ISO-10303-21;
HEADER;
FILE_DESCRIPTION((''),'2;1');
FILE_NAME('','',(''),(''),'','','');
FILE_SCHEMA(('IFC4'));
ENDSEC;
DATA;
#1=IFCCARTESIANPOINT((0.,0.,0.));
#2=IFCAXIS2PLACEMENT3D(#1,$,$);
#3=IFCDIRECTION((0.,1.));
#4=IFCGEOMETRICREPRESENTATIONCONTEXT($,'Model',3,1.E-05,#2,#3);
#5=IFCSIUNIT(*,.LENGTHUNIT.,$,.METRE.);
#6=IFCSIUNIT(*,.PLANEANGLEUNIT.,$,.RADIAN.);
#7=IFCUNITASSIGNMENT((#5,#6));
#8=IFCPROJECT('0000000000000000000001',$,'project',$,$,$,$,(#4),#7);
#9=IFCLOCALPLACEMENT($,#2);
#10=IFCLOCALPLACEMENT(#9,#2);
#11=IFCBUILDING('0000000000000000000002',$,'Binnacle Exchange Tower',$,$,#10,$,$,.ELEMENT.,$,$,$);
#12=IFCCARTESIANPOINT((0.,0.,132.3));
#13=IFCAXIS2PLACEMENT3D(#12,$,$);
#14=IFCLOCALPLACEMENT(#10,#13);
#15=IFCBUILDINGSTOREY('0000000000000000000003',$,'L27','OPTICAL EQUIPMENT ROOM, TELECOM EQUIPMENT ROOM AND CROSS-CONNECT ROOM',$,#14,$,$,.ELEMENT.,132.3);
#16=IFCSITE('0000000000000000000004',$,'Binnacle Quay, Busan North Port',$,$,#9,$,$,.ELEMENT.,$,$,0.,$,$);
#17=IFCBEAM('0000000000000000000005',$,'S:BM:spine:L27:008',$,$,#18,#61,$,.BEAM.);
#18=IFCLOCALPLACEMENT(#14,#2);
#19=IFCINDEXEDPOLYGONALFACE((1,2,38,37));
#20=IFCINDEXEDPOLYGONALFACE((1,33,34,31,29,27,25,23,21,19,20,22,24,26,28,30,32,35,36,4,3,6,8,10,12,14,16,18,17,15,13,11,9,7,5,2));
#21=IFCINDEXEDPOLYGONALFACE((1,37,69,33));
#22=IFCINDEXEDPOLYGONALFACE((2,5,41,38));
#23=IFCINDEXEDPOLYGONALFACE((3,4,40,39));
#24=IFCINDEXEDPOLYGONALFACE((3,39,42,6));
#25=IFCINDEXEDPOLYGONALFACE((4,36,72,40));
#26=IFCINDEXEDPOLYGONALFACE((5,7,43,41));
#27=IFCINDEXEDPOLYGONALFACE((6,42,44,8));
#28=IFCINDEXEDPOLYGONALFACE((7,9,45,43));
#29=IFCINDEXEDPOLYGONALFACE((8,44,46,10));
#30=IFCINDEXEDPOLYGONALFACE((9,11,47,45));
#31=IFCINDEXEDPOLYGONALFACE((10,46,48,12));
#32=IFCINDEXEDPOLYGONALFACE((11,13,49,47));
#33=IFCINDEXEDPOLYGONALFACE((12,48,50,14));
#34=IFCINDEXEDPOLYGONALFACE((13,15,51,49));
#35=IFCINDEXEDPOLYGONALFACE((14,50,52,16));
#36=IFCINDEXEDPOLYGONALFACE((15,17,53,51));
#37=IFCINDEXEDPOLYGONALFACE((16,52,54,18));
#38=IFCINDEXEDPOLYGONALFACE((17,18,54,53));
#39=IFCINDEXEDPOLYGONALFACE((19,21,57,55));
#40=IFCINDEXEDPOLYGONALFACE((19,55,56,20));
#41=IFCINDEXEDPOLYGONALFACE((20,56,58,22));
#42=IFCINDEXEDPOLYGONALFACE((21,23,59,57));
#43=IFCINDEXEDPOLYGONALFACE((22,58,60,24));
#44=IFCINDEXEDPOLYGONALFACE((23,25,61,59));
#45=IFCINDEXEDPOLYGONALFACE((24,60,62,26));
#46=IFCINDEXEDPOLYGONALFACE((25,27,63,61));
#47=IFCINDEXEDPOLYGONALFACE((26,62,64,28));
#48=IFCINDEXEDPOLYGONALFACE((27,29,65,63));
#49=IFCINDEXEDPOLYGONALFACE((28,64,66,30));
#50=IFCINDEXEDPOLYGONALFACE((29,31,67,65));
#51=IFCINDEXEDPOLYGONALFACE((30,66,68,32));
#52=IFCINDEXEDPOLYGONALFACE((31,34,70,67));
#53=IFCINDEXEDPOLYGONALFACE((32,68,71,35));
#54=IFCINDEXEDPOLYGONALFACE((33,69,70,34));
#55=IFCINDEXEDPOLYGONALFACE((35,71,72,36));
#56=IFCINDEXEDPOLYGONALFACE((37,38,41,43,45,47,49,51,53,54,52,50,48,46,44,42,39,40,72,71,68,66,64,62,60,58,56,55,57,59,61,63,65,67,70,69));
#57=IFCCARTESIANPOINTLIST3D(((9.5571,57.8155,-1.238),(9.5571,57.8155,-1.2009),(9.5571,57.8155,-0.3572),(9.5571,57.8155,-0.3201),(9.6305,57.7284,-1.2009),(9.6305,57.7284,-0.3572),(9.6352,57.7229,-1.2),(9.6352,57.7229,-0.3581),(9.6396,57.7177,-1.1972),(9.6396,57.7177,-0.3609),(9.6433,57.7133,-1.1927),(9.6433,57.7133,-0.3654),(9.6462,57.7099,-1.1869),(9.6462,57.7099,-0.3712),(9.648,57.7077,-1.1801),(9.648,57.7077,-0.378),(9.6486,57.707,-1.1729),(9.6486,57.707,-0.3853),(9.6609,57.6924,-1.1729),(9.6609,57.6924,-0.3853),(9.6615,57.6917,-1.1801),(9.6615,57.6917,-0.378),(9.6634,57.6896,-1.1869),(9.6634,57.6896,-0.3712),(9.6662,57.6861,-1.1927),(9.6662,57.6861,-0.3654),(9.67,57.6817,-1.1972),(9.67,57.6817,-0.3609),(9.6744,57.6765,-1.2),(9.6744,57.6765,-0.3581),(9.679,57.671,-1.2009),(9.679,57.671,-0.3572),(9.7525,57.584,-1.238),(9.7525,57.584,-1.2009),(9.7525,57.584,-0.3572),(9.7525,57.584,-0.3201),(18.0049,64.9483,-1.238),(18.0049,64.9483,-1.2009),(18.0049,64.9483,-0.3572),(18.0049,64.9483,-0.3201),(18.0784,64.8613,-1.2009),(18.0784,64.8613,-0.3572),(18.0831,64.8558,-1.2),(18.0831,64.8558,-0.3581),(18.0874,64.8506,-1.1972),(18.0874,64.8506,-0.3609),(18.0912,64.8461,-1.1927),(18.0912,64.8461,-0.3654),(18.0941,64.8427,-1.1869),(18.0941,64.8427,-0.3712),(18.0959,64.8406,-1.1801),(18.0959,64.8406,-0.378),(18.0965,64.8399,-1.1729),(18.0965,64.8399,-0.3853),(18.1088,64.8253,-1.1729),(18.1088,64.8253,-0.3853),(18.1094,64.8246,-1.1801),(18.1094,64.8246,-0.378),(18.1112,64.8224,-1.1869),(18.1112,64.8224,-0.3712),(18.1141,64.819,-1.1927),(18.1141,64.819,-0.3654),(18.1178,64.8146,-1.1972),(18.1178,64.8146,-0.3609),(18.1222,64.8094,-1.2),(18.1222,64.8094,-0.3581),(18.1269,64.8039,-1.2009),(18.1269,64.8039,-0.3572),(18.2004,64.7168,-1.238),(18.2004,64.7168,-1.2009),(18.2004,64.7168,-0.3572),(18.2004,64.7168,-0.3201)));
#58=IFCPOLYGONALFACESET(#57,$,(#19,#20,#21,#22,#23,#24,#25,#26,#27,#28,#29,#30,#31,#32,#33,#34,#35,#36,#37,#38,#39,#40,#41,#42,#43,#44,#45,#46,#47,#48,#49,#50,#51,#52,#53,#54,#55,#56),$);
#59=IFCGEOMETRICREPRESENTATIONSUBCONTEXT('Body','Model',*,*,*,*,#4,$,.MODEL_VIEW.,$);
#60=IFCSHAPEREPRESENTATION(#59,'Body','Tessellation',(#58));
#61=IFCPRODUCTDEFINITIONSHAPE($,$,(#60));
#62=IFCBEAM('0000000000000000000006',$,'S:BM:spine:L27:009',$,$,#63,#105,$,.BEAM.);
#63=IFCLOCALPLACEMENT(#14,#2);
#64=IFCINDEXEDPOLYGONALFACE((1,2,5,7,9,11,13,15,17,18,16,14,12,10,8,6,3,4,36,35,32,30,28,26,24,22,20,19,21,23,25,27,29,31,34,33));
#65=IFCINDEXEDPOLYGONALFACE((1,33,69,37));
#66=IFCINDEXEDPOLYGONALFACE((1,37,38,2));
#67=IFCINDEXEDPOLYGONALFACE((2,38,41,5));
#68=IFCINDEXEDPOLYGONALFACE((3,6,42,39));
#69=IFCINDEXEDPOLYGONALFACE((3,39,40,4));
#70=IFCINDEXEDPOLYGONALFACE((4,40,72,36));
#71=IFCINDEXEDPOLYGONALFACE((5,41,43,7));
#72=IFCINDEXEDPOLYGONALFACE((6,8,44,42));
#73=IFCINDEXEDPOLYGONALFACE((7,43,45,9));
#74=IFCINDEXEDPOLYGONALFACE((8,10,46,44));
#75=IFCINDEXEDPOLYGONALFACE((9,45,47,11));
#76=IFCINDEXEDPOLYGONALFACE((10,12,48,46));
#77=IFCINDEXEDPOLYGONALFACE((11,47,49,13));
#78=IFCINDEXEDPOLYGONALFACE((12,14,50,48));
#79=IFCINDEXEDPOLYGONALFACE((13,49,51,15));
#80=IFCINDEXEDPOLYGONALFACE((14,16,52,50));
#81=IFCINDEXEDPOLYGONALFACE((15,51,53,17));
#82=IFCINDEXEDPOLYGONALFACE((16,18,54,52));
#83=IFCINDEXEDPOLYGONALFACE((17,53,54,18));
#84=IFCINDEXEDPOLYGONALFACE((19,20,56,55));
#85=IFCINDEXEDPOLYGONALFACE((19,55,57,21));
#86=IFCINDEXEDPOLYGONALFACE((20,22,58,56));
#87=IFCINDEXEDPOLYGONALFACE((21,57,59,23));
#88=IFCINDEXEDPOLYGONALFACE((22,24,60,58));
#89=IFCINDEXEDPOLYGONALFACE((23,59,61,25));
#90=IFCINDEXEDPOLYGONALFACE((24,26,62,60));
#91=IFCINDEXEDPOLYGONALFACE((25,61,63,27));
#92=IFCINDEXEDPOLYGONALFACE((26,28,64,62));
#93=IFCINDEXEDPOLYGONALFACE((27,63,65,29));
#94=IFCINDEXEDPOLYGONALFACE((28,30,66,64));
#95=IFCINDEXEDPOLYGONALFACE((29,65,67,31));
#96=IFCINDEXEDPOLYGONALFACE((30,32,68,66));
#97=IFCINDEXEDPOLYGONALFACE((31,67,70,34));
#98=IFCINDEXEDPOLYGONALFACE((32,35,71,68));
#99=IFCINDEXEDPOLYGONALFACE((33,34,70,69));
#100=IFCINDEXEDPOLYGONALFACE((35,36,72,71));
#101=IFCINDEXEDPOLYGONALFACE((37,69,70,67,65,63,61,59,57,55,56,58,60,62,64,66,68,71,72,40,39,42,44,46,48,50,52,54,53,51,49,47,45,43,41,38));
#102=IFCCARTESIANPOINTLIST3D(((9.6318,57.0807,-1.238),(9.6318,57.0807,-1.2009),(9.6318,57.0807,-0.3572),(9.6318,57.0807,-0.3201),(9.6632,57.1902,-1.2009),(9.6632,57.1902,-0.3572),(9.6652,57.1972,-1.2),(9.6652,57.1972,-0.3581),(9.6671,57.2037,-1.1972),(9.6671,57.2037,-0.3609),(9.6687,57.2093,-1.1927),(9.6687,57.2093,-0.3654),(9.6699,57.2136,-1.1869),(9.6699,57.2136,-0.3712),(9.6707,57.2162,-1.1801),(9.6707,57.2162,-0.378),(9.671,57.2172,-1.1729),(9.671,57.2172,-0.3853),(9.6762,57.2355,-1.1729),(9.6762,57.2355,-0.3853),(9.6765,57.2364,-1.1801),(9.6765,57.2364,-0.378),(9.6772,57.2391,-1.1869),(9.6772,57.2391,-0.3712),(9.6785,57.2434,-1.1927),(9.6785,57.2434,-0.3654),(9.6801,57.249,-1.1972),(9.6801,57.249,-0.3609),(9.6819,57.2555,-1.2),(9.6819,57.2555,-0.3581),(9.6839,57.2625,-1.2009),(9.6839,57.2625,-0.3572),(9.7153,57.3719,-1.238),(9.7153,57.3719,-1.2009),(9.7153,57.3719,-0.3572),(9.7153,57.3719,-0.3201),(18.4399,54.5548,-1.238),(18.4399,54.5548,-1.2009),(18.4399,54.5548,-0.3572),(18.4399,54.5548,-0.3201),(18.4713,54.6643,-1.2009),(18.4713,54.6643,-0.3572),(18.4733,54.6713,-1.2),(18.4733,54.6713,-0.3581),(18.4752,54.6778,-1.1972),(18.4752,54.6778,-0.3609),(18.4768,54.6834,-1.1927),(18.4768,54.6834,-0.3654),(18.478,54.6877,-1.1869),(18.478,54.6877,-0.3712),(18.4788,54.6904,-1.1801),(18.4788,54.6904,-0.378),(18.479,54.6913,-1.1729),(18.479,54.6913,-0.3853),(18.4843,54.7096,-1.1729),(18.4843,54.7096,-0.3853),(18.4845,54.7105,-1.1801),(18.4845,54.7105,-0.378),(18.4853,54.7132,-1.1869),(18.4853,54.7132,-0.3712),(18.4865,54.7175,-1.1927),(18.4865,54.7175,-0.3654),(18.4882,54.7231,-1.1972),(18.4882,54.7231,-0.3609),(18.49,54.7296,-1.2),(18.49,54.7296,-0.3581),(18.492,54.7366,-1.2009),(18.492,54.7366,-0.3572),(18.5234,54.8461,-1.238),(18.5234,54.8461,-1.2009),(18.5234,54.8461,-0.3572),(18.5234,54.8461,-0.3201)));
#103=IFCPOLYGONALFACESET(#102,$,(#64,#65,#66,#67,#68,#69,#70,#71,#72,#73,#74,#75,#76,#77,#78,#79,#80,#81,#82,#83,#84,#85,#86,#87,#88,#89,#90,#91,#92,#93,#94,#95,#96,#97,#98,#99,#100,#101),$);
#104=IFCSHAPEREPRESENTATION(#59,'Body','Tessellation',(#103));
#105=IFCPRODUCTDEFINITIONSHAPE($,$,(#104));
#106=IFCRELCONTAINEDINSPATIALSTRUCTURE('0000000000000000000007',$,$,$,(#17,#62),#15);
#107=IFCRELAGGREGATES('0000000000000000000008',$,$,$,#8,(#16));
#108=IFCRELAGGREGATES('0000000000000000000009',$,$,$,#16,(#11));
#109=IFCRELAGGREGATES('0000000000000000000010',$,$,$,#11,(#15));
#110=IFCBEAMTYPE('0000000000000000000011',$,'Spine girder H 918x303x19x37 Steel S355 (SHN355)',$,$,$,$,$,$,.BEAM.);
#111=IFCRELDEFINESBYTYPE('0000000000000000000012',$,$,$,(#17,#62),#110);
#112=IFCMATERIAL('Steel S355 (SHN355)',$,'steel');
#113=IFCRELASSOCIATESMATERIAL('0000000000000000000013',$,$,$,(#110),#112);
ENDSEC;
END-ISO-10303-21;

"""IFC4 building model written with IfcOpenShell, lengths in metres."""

from ifc_helpers import new_model, si_unit, direction, frame, origin, origin_2d, place, context, subcontext, project, spatial, i_section, extrude, material, material_profile, profile_set, type_object, element, save


model = new_model("IFC4")

# Units and contexts
model_context = context("Model", 3, precision=1e-05, world=origin(), true_north=direction((0.0, 1.0)))
body_context = subcontext(model_context, "Body", "Model", "MODEL_VIEW")
ifc_project = project(units=[si_unit("LENGTHUNIT", "METRE"), si_unit("PLANEANGLEUNIT", "RADIAN")], contexts=[model_context])

# Site, building, storey
site_placement = place(None, origin())
site = spatial("IfcSite", under=ifc_project, at=site_placement, Name="Binnacle Quay, Busan North Port", CompositionType="ELEMENT", RefElevation=0.0)
building_placement = place(site_placement, origin())
building = spatial("IfcBuilding", under=site, at=building_placement, Name="Binnacle Exchange Tower", CompositionType="ELEMENT")
storey_placement = place(building_placement, frame((0.0, 0.0, 132.3)))
storey = spatial("IfcBuildingStorey", under=building, at=storey_placement, Name="L27", Description="OPTICAL EQUIPMENT ROOM, TELECOM EQUIPMENT ROOM AND CROSS-CONNECT ROOM", CompositionType="ELEMENT", Elevation=132.3)

# Beams
ifc_material_1 = material(Name="Steel S355 (SHN355)", Category="steel")
ifc_material_profile_1 = material_profile(ifc_material_1, i_section(OverallWidth=0.303, OverallDepth=0.918, WebThickness=0.019, FlangeThickness=0.0371, FilletRadius=0.0281, at=origin_2d()), Name="H 918x303x19x37")
ifc_profile_set_1 = profile_set([ifc_material_profile_1], Name="Steel S355 (SHN355)")
beam_type_1 = type_object("IfcBeamType", Name="Spine girder H 918x303x19x37 Steel S355 (SHN355)", PredefinedType="BEAM", material=ifc_profile_set_1)
beam_1_placement = place(storey_placement, frame((9.6548, 57.6997, -0.7791), z_axis=(0.764068, 0.645136, 0.0), x_axis=(-0.645136, 0.764068, 0.0)))
element("IfcBeam", 1, at=beam_1_placement, inside=storey, type_object=beam_type_1, Name="S:BM:spine:L27:008", PredefinedType="BEAM", context=body_context, shape_type="SweptSolid", body=[
    extrude(i_section(OverallWidth=0.303, OverallDepth=0.918, WebThickness=0.019, FlangeThickness=0.0371, FilletRadius=0.0281, at=origin_2d()), origin(), (0.0, 0.0, 1.0), 11.0564),
])
beam_2_placement = place(storey_placement, frame((9.6736, 57.2263, -0.7791), z_axis=(0.961256, -0.275657, 0.0), x_axis=(0.275657, 0.961256, 0.0)))
element("IfcBeam", 2, at=beam_2_placement, inside=storey, type_object=beam_type_1, Name="S:BM:spine:L27:009", PredefinedType="BEAM", context=body_context, shape_type="SweptSolid", body=[
    extrude(i_section(OverallWidth=0.303, OverallDepth=0.918, WebThickness=0.019, FlangeThickness=0.0371, FilletRadius=0.0281, at=origin_2d()), origin(), (0.0, 0.0, 1.0), 9.1631),
])

save(model, "model.ifc")
